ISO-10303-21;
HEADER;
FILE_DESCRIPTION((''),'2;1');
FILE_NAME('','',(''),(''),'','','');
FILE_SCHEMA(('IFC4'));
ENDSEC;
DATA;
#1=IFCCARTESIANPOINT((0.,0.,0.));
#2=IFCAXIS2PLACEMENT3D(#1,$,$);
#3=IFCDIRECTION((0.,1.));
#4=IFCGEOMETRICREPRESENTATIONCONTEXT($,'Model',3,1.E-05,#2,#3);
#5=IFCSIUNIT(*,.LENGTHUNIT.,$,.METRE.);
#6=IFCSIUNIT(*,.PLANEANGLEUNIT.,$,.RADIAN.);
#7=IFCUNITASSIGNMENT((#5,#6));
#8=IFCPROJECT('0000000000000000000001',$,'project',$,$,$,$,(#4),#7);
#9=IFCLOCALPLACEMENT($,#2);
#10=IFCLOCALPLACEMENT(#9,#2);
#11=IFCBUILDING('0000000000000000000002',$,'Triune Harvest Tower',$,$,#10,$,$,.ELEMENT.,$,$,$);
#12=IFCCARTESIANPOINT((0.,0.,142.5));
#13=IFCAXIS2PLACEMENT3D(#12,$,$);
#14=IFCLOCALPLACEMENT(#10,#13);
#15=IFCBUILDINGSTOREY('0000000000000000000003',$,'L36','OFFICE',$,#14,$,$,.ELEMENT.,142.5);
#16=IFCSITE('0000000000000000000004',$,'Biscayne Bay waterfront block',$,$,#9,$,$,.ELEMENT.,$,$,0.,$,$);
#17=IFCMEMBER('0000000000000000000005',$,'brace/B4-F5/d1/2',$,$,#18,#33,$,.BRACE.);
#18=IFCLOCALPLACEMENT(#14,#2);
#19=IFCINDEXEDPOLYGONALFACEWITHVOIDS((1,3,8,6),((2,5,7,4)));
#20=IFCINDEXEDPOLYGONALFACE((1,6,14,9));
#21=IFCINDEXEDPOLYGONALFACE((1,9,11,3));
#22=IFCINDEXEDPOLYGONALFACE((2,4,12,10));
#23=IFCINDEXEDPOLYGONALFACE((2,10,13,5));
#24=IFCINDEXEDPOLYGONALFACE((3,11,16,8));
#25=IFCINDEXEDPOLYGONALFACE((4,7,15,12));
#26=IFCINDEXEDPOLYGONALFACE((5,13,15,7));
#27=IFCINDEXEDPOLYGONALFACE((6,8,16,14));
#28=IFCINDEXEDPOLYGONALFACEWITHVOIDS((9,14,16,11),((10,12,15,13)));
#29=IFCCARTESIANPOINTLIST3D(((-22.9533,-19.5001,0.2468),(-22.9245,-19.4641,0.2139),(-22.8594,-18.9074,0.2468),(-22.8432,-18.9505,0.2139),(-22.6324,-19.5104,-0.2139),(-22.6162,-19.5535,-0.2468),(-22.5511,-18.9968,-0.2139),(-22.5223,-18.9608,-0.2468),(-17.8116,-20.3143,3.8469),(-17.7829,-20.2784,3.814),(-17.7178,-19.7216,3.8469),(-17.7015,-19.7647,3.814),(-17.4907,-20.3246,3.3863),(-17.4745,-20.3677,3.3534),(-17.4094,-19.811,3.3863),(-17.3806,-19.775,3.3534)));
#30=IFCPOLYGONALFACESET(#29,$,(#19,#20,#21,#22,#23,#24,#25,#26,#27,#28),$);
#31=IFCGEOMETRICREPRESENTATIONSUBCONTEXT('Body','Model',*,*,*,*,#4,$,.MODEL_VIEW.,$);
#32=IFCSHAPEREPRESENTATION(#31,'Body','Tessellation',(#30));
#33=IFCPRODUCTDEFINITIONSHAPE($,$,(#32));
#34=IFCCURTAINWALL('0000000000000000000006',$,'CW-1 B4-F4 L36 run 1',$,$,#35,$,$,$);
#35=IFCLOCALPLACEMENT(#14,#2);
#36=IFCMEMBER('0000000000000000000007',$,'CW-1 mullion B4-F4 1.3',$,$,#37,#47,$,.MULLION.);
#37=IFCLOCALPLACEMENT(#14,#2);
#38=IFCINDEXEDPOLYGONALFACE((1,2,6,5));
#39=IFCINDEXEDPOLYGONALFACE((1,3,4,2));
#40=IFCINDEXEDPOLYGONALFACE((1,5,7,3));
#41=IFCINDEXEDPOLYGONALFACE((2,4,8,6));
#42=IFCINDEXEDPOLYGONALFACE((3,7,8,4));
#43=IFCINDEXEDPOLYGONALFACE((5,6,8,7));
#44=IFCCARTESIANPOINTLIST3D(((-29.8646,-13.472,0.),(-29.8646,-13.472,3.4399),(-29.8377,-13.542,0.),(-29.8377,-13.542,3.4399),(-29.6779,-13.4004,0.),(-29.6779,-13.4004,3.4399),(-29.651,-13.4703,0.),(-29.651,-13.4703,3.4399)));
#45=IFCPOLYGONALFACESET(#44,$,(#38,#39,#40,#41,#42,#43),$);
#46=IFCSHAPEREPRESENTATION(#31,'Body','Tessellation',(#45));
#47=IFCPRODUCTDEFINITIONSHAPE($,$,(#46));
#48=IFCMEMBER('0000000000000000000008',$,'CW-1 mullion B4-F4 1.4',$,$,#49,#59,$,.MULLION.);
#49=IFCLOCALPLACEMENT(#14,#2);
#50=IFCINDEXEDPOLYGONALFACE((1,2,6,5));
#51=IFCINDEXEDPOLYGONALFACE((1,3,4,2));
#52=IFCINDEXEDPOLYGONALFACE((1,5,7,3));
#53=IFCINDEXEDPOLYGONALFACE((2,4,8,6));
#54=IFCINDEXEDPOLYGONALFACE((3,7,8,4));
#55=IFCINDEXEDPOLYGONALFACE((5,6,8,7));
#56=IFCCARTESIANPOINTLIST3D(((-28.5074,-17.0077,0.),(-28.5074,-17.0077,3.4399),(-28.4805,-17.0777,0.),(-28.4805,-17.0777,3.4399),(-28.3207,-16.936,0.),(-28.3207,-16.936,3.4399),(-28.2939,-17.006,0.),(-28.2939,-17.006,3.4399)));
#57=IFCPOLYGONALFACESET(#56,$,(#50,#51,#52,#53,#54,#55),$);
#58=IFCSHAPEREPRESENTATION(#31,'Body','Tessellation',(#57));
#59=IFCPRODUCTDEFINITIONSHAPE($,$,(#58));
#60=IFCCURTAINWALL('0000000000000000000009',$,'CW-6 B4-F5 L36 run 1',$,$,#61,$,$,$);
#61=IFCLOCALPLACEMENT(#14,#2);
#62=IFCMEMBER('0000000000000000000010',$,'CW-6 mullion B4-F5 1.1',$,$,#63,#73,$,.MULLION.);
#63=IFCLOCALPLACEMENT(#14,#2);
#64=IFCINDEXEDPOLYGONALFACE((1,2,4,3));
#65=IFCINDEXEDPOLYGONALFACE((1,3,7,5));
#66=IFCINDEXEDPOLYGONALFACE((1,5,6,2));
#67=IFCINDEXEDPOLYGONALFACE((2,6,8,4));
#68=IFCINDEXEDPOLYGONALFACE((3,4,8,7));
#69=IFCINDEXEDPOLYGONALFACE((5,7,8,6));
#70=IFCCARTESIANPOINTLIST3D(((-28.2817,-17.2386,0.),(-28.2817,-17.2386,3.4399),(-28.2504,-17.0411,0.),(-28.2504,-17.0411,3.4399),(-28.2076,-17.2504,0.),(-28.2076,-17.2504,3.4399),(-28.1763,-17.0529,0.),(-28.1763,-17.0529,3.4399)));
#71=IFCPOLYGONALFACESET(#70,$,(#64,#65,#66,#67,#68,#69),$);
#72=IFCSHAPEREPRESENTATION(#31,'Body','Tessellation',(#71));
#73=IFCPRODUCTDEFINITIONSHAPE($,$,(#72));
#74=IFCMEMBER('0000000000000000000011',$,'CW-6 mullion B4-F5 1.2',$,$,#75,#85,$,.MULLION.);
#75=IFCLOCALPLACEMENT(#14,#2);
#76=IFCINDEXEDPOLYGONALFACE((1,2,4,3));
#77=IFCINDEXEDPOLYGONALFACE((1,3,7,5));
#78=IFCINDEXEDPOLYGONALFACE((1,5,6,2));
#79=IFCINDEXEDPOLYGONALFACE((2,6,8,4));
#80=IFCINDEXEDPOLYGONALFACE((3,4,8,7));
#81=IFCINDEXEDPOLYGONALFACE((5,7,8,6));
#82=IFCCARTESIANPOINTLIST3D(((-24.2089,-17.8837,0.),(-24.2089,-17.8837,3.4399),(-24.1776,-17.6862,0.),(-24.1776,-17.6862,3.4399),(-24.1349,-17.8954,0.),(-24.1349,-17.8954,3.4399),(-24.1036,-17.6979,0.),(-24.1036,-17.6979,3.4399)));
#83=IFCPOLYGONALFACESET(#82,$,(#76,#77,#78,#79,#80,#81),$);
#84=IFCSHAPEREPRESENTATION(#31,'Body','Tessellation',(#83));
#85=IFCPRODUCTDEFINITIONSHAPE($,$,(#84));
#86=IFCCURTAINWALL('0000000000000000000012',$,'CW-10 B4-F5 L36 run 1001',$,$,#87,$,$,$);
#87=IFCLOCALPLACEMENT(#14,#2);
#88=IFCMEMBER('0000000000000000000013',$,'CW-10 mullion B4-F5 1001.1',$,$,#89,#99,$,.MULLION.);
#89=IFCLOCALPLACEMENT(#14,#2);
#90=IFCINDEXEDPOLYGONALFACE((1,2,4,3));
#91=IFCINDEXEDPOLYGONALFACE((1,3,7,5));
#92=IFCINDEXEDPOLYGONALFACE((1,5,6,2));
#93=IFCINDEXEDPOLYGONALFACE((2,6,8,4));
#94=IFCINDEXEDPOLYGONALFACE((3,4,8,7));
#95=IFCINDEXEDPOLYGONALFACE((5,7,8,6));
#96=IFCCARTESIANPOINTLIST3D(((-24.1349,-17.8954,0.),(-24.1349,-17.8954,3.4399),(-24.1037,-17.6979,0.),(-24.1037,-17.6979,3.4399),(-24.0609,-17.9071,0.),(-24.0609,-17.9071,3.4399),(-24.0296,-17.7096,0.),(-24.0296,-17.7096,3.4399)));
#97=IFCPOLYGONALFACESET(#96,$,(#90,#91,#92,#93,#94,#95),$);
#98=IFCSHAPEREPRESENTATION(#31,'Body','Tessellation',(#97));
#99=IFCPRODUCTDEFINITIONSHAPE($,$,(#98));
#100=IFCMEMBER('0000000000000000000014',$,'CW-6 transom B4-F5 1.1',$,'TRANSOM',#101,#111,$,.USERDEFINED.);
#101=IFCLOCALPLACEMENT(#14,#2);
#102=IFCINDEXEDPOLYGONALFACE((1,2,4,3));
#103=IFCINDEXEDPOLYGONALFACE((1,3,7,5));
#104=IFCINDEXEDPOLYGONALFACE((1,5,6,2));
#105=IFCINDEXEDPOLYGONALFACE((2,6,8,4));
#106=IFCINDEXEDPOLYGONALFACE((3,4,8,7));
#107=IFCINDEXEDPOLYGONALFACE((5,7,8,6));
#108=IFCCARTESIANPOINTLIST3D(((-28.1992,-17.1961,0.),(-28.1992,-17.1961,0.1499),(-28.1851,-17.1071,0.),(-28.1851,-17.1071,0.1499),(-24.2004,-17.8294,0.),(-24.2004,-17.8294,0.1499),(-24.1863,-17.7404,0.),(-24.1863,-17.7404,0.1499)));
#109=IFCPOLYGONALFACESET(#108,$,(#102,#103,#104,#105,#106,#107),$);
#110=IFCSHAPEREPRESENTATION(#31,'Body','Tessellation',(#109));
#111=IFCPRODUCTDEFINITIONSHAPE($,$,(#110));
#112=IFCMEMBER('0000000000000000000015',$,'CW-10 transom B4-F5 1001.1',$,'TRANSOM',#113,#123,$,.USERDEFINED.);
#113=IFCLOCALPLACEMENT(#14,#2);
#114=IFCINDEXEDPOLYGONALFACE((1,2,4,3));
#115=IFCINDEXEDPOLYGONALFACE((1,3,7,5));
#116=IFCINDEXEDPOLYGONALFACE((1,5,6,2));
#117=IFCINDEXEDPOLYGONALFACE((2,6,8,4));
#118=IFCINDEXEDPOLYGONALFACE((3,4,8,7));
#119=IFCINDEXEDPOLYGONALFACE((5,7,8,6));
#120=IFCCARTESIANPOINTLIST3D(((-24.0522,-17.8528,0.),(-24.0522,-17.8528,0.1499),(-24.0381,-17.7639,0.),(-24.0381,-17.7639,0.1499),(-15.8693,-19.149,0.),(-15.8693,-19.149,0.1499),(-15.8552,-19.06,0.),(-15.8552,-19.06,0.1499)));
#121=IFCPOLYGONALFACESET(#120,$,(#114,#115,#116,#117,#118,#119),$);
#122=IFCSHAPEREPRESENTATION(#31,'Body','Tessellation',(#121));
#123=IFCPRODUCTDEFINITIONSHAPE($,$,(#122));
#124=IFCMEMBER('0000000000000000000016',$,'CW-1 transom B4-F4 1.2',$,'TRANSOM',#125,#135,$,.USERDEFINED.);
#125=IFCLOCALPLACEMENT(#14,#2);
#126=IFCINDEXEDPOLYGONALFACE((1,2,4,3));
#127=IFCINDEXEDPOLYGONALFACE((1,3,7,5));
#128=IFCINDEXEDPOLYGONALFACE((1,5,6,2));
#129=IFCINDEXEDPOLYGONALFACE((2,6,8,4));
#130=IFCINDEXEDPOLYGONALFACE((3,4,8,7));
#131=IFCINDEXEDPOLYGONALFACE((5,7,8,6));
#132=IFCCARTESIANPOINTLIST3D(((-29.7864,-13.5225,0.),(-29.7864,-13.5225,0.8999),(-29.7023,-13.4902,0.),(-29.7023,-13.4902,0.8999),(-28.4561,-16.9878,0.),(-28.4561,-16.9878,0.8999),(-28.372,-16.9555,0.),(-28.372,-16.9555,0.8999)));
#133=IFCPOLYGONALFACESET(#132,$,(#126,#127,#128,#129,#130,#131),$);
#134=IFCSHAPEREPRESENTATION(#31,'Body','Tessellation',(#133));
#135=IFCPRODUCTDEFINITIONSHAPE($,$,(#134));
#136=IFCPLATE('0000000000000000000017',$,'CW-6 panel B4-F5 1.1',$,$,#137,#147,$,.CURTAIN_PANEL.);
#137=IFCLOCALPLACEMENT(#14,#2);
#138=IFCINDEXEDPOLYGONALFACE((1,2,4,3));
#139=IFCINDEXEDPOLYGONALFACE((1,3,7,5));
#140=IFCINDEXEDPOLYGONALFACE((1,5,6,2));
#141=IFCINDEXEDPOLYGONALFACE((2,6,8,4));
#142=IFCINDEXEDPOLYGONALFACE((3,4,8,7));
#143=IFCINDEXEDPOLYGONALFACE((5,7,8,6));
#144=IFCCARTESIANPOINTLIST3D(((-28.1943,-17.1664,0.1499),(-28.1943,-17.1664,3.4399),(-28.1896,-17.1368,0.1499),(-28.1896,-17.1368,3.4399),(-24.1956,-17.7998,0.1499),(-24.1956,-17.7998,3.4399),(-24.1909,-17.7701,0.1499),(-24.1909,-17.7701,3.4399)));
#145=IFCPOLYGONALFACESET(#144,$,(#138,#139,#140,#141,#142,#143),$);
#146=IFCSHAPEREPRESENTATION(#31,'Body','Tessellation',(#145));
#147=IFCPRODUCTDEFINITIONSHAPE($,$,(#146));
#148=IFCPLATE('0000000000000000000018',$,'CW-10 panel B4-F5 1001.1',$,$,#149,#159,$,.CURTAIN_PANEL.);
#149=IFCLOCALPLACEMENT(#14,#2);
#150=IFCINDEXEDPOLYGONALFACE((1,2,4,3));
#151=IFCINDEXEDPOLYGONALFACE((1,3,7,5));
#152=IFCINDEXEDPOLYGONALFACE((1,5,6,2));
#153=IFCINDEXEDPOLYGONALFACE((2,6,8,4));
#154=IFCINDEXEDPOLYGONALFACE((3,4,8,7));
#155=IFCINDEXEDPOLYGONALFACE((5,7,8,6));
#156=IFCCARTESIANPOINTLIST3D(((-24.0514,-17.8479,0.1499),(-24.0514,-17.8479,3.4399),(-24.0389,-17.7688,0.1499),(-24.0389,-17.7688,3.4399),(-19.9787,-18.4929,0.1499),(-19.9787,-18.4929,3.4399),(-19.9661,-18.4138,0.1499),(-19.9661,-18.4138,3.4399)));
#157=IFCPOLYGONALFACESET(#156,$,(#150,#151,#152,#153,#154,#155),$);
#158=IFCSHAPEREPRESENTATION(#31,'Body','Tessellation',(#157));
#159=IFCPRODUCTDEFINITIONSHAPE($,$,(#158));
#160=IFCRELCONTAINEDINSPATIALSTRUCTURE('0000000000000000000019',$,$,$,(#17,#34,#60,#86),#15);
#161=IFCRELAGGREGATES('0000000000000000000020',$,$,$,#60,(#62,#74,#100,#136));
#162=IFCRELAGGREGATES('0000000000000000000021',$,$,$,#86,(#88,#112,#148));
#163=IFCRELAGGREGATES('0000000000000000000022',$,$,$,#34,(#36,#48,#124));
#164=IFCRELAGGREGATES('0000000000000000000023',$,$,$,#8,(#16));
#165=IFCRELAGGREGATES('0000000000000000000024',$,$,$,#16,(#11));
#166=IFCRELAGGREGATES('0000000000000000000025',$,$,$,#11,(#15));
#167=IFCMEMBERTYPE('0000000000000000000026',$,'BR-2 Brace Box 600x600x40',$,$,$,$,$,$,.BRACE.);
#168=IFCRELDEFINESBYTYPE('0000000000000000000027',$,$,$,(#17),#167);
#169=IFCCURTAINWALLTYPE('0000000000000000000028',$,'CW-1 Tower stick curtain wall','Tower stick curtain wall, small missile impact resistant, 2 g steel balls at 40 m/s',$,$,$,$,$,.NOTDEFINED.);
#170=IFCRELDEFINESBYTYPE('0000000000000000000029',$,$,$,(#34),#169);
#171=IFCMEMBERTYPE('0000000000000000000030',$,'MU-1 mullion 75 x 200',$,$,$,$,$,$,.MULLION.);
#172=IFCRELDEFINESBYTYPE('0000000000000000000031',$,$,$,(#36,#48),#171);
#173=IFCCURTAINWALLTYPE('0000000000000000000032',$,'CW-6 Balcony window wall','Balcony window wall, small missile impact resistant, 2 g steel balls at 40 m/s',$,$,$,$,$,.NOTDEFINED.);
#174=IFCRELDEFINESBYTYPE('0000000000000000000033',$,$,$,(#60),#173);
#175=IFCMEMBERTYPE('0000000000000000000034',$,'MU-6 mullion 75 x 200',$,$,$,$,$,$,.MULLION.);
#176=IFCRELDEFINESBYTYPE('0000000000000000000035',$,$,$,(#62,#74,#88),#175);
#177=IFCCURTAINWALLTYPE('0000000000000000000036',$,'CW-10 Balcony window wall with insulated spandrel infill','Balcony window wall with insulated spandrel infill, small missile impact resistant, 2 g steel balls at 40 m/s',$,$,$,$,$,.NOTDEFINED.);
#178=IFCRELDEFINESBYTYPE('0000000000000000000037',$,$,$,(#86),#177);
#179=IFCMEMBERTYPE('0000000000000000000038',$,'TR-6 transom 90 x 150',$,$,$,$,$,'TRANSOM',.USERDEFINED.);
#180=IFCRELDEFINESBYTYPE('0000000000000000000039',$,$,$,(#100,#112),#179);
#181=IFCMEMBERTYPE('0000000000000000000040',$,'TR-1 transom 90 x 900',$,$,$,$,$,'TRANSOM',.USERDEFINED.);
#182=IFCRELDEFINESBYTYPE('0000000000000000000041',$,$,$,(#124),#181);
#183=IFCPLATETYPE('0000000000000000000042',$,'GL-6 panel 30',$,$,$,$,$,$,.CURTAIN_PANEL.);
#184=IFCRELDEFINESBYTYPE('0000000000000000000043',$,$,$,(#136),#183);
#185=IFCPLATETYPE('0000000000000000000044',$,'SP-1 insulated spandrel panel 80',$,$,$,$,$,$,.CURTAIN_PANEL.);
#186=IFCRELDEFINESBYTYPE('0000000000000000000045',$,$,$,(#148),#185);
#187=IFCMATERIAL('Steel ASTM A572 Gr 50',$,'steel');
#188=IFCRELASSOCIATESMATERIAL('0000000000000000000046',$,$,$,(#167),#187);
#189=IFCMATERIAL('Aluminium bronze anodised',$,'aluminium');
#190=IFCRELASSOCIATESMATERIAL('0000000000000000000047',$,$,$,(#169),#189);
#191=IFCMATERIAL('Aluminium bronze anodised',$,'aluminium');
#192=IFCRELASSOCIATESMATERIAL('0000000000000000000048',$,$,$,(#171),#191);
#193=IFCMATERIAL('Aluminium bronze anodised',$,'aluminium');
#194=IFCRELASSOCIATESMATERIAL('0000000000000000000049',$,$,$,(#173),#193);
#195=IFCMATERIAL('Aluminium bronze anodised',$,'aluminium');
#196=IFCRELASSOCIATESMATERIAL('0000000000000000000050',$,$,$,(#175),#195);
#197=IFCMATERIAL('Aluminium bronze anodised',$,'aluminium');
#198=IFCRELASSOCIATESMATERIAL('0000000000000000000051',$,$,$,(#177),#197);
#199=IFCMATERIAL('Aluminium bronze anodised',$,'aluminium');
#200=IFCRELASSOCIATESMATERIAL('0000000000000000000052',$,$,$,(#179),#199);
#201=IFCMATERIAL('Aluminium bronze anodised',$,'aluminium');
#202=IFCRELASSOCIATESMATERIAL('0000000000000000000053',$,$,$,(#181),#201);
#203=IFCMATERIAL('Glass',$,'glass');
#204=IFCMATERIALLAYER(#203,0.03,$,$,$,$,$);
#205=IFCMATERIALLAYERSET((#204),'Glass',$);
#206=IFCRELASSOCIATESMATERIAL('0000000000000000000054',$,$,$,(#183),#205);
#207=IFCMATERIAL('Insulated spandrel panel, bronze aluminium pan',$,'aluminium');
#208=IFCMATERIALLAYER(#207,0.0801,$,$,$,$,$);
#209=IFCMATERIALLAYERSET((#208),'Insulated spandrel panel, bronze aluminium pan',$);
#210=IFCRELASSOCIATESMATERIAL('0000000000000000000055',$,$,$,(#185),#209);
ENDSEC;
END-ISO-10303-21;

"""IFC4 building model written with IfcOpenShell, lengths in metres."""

from ifc_helpers import new_model, si_unit, direction, frame, origin, origin_2d, place, context, subcontext, project, spatial, rectangle, hollow_rectangle, extrude, source, transform, mapped, material, layer, layer_set, material_profile, profile_set, type_object, element, aggregate, save


model = new_model("IFC4")

# Units and contexts
model_context = context("Model", 3, precision=1e-05, world=origin(), true_north=direction((0.0, 1.0)))
body_context = subcontext(model_context, "Body", "Model", "MODEL_VIEW")
ifc_project = project(units=[si_unit("LENGTHUNIT", "METRE"), si_unit("PLANEANGLEUNIT", "RADIAN")], contexts=[model_context])

# Site, building, storey
site_placement = place(None, origin())
site = spatial("IfcSite", under=ifc_project, at=site_placement, Name="Biscayne Bay waterfront block", CompositionType="ELEMENT", RefElevation=0.0)
building_placement = place(site_placement, origin())
building = spatial("IfcBuilding", under=site, at=building_placement, Name="Triune Harvest Tower", CompositionType="ELEMENT")
storey_placement = place(building_placement, frame((0.0, 0.0, 142.5)))
storey = spatial("IfcBuildingStorey", under=building, at=storey_placement, Name="L36", Description="OFFICE", CompositionType="ELEMENT", Elevation=142.5)

# Member
ifc_material_1 = material(Name="Steel ASTM A572 Gr 50", Category="steel")
ifc_material_profile_1 = material_profile(ifc_material_1, hollow_rectangle(XDim=0.6001, YDim=0.6001, WallThickness=0.04, at=origin_2d()), Name="Box 600x600x40")
ifc_profile_set_1 = profile_set([ifc_material_profile_1], Name="Steel ASTM A572 Gr 50")
member_type_1 = type_object("IfcMemberType", Name="BR-2 Brace Box 600x600x40", PredefinedType="BRACE", material=ifc_profile_set_1)
shared_shape_1 = source(origin(), body_context, "Body", "SweptSolid", [
    extrude(hollow_rectangle(XDim=0.6001, YDim=0.6001, WallThickness=0.04, at=origin_2d()), origin(), (0.0, 0.0, 1.0), 6.3293),
])
member_1_placement = place(storey_placement, frame((-22.7378, -19.2305, 0.0), z_axis=(0.812353, -0.128642, 0.568801), x_axis=(0.156408, 0.987693, 0.0)))
element("IfcMember", 1, at=member_1_placement, inside=storey, type_object=member_type_1, Name="brace/B4-F5/d1/2", PredefinedType="BRACE", context=body_context, shape_type="MappedRepresentation", body=[
    mapped(shared_shape_1, transform((0.0, 0.0, 0.0), scale=1.0)),
])

# Curtain walls, members
ifc_material_2 = material(Name="Aluminium bronze anodised", Category="aluminium")
curtain_wall_type_1 = type_object("IfcCurtainWallType", Name="CW-1 Tower stick curtain wall", Description="Tower stick curtain wall, small missile impact resistant, 2 g steel balls at 40 m/s", PredefinedType="NOTDEFINED", material=ifc_material_2)
curtain_wall_1_placement = place(storey_placement, origin())
curtain_wall_1 = element("IfcCurtainWall", 2, at=curtain_wall_1_placement, inside=storey, type_object=curtain_wall_type_1, Name="CW-1 B4-F4 L36 run 1")
ifc_material_3 = material(Name="Aluminium bronze anodised", Category="aluminium")
ifc_material_profile_2 = material_profile(ifc_material_3, rectangle(XDim=0.2, YDim=0.075, at=origin_2d()), Name="MU-1 mullion 75 x 200")
ifc_profile_set_2 = profile_set([ifc_material_profile_2], Name="Aluminium bronze anodised")
member_type_2 = type_object("IfcMemberType", Name="MU-1 mullion 75 x 200", PredefinedType="MULLION", material=ifc_profile_set_2)
shared_shape_2 = source(origin(), body_context, "Body", "SweptSolid", [
    extrude(rectangle(XDim=0.2, YDim=0.075, at=origin_2d()), origin(), (0.0, 0.0, 1.0), 3.4399),
])
member_2_placement = place(storey_placement, frame((-29.7578, -13.4712, 0.0), z_axis=(0.0, 0.0, 1.0), x_axis=(0.93358, 0.358369, 0.0)))
member_2 = element("IfcMember", 3, at=member_2_placement, type_object=member_type_2, Name="CW-1 mullion B4-F4 1.3", PredefinedType="MULLION", context=body_context, shape_type="MappedRepresentation", body=[
    mapped(shared_shape_2, transform((0.0, 0.0, 0.0), scale=1.0)),
])
member_3_placement = place(storey_placement, frame((-28.4006, -17.0068, 0.0), z_axis=(0.0, 0.0, 1.0), x_axis=(0.93358, 0.358369, 0.0)))
member_3 = element("IfcMember", 4, at=member_3_placement, type_object=member_type_2, Name="CW-1 mullion B4-F4 1.4", PredefinedType="MULLION", context=body_context, shape_type="MappedRepresentation", body=[
    mapped(shared_shape_2, transform((0.0, 0.0, 0.0), scale=1.0)),
])
ifc_material_4 = material(Name="Aluminium bronze anodised", Category="aluminium")
curtain_wall_type_2 = type_object("IfcCurtainWallType", Name="CW-6 Balcony window wall", Description="Balcony window wall, small missile impact resistant, 2 g steel balls at 40 m/s", PredefinedType="NOTDEFINED", material=ifc_material_4)
curtain_wall_2_placement = place(storey_placement, origin())
curtain_wall_2 = element("IfcCurtainWall", 5, at=curtain_wall_2_placement, inside=storey, type_object=curtain_wall_type_2, Name="CW-6 B4-F5 L36 run 1")
ifc_material_5 = material(Name="Aluminium bronze anodised", Category="aluminium")
ifc_material_profile_3 = material_profile(ifc_material_5, rectangle(XDim=0.2, YDim=0.075, at=origin_2d()), Name="MU-6 mullion 75 x 200")
ifc_profile_set_3 = profile_set([ifc_material_profile_3], Name="Aluminium bronze anodised")
member_type_3 = type_object("IfcMemberType", Name="MU-6 mullion 75 x 200", PredefinedType="MULLION", material=ifc_profile_set_3)
shared_shape_3 = source(origin(), body_context, "Body", "SweptSolid", [
    extrude(rectangle(XDim=0.2, YDim=0.075, at=origin_2d()), origin(), (0.0, 0.0, 1.0), 3.4399),
])
member_4_placement = place(storey_placement, frame((-28.229, -17.1458, 0.0), z_axis=(0.0, 0.0, 1.0), x_axis=(0.156438, 0.987688, 0.0)))
member_4 = element("IfcMember", 6, at=member_4_placement, type_object=member_type_3, Name="CW-6 mullion B4-F5 1.1", PredefinedType="MULLION", context=body_context, shape_type="MappedRepresentation", body=[
    mapped(shared_shape_3, transform((0.0, 0.0, 0.0), scale=1.0)),
])
member_5_placement = place(storey_placement, frame((-24.1562, -17.7908, 0.0), z_axis=(0.0, 0.0, 1.0), x_axis=(0.156438, 0.987688, 0.0)))
member_5 = element("IfcMember", 7, at=member_5_placement, type_object=member_type_3, Name="CW-6 mullion B4-F5 1.2", PredefinedType="MULLION", context=body_context, shape_type="MappedRepresentation", body=[
    mapped(shared_shape_3, transform((0.0, 0.0, 0.0), scale=1.0)),
])

# Curtain wall, member
ifc_material_6 = material(Name="Aluminium bronze anodised", Category="aluminium")
curtain_wall_type_3 = type_object("IfcCurtainWallType", Name="CW-10 Balcony window wall with insulated spandrel infill", Description="Balcony window wall with insulated spandrel infill, small missile impact resistant, 2 g steel balls at 40 m/s", PredefinedType="NOTDEFINED", material=ifc_material_6)
curtain_wall_3_placement = place(storey_placement, origin())
curtain_wall_3 = element("IfcCurtainWall", 8, at=curtain_wall_3_placement, inside=storey, type_object=curtain_wall_type_3, Name="CW-10 B4-F5 L36 run 1001")
member_6_placement = place(storey_placement, frame((-24.0823, -17.8025, 0.0), z_axis=(0.0, 0.0, 1.0), x_axis=(0.156434, 0.987688, 0.0)))
member_6 = element("IfcMember", 9, at=member_6_placement, type_object=member_type_3, Name="CW-10 mullion B4-F5 1001.1", PredefinedType="MULLION", context=body_context, shape_type="MappedRepresentation", body=[
    mapped(shared_shape_3, transform((0.0, 0.0, 0.0), scale=1.0)),
])

# Members
ifc_material_7 = material(Name="Aluminium bronze anodised", Category="aluminium")
ifc_material_profile_4 = material_profile(ifc_material_7, rectangle(XDim=0.0901, YDim=0.1499, at=origin_2d()), Name="TR-6 transom 90 x 150")
ifc_profile_set_4 = profile_set([ifc_material_profile_4], Name="Aluminium bronze anodised")
member_type_4 = type_object("IfcMemberType", Name="TR-6 transom 90 x 150", ElementType="TRANSOM", PredefinedType="USERDEFINED", material=ifc_profile_set_4)
shared_shape_4 = source(origin(), body_context, "Body", "SweptSolid", [
    extrude(rectangle(XDim=0.0901, YDim=0.1499, at=origin_2d()), origin(), (0.0, 0.0, 1.0), 4.0486),
])
member_7_placement = place(storey_placement, frame((-28.1921, -17.1516, 0.075), z_axis=(0.98769, -0.156424, 0.0), x_axis=(0.156424, 0.98769, 0.0)))
member_7 = element("IfcMember", 10, at=member_7_placement, type_object=member_type_4, Name="CW-6 transom B4-F5 1.1", ObjectType="TRANSOM", PredefinedType="USERDEFINED", context=body_context, shape_type="MappedRepresentation", body=[
    mapped(shared_shape_4, transform((0.0, 0.0, 0.0), scale=1.0)),
])
shared_shape_5 = source(origin(), body_context, "Body", "SweptSolid", [
    extrude(rectangle(XDim=0.0901, YDim=0.1499, at=origin_2d()), origin(), (0.0, 0.0, 1.0), 8.2849),
])
member_8_placement = place(storey_placement, frame((-24.0452, -17.8083, 0.075), z_axis=(0.987686, -0.156447, 0.0), x_axis=(0.156447, 0.987686, 0.0)))
member_8 = element("IfcMember", 11, at=member_8_placement, type_object=member_type_4, Name="CW-10 transom B4-F5 1001.1", ObjectType="TRANSOM", PredefinedType="USERDEFINED", context=body_context, shape_type="MappedRepresentation", body=[
    mapped(shared_shape_5, transform((0.0, 0.0, 0.0), scale=1.0)),
])
ifc_material_8 = material(Name="Aluminium bronze anodised", Category="aluminium")
ifc_material_profile_5 = material_profile(ifc_material_8, rectangle(XDim=0.0901, YDim=0.8999, at=origin_2d()), Name="TR-1 transom 90 x 900")
ifc_profile_set_5 = profile_set([ifc_material_profile_5], Name="Aluminium bronze anodised")
member_type_5 = type_object("IfcMemberType", Name="TR-1 transom 90 x 900", ElementType="TRANSOM", PredefinedType="USERDEFINED", material=ifc_profile_set_5)
shared_shape_6 = source(origin(), body_context, "Body", "SweptSolid", [
    extrude(rectangle(XDim=0.0901, YDim=0.8999, at=origin_2d()), origin(), (0.0, 0.0, 1.0), 3.7119),
])
member_9_placement = place(storey_placement, frame((-29.7444, -13.5063, 0.45), z_axis=(0.358393, -0.933571, 0.0), x_axis=(0.933571, 0.358393, 0.0)))
member_9 = element("IfcMember", 12, at=member_9_placement, type_object=member_type_5, Name="CW-1 transom B4-F4 1.2", ObjectType="TRANSOM", PredefinedType="USERDEFINED", context=body_context, shape_type="MappedRepresentation", body=[
    mapped(shared_shape_6, transform((0.0, 0.0, 0.0), scale=1.0)),
])

# Plates
ifc_material_9 = material(Name="Glass", Category="glass")
ifc_layer_1 = layer(ifc_material_9, 0.03)
ifc_layer_set_1 = layer_set([ifc_layer_1], Name="Glass")
plate_type_1 = type_object("IfcPlateType", Name="GL-6 panel 30", PredefinedType="CURTAIN_PANEL", material=ifc_layer_set_1)
shared_shape_7 = source(origin(), body_context, "Body", "SweptSolid", [
    extrude(rectangle(XDim=4.0486, YDim=0.03, at=origin_2d()), origin(), (0.0, 0.0, 1.0), 3.29),
])
plate_1_placement = place(storey_placement, frame((-26.1926, -17.4683, 0.1499), z_axis=(0.0, 0.0, 1.0), x_axis=(0.987688, -0.156438, 0.0)))
plate_1 = element("IfcPlate", 13, at=plate_1_placement, type_object=plate_type_1, Name="CW-6 panel B4-F5 1.1", PredefinedType="CURTAIN_PANEL", context=body_context, shape_type="MappedRepresentation", body=[
    mapped(shared_shape_7, transform((0.0, 0.0, 0.0), scale=1.0)),
])
aggregate(curtain_wall_2, [member_4, member_5, member_7, plate_1])
ifc_material_10 = material(Name="Insulated spandrel panel, bronze aluminium pan", Category="aluminium")
ifc_layer_2 = layer(ifc_material_10, 0.0801)
ifc_layer_set_2 = layer_set([ifc_layer_2], Name="Insulated spandrel panel, bronze aluminium pan")
plate_type_2 = type_object("IfcPlateType", Name="SP-1 insulated spandrel panel 80", PredefinedType="CURTAIN_PANEL", material=ifc_layer_set_2)
shared_shape_8 = source(origin(), body_context, "Body", "SweptSolid", [
    extrude(rectangle(XDim=4.1235, YDim=0.0801, at=origin_2d()), origin(), (0.0, 0.0, 1.0), 3.29),
])
plate_2_placement = place(storey_placement, frame((-22.0088, -18.1309, 0.1499), z_axis=(0.0, 0.0, 1.0), x_axis=(0.987688, -0.156434, 0.0)))
plate_2 = element("IfcPlate", 14, at=plate_2_placement, type_object=plate_type_2, Name="CW-10 panel B4-F5 1001.1", PredefinedType="CURTAIN_PANEL", context=body_context, shape_type="MappedRepresentation", body=[
    mapped(shared_shape_8, transform((0.0, 0.0, 0.0), scale=1.0)),
])
aggregate(curtain_wall_3, [member_6, member_8, plate_2])
aggregate(curtain_wall_1, [member_2, member_3, member_9])

save(model, "model.ifc")
